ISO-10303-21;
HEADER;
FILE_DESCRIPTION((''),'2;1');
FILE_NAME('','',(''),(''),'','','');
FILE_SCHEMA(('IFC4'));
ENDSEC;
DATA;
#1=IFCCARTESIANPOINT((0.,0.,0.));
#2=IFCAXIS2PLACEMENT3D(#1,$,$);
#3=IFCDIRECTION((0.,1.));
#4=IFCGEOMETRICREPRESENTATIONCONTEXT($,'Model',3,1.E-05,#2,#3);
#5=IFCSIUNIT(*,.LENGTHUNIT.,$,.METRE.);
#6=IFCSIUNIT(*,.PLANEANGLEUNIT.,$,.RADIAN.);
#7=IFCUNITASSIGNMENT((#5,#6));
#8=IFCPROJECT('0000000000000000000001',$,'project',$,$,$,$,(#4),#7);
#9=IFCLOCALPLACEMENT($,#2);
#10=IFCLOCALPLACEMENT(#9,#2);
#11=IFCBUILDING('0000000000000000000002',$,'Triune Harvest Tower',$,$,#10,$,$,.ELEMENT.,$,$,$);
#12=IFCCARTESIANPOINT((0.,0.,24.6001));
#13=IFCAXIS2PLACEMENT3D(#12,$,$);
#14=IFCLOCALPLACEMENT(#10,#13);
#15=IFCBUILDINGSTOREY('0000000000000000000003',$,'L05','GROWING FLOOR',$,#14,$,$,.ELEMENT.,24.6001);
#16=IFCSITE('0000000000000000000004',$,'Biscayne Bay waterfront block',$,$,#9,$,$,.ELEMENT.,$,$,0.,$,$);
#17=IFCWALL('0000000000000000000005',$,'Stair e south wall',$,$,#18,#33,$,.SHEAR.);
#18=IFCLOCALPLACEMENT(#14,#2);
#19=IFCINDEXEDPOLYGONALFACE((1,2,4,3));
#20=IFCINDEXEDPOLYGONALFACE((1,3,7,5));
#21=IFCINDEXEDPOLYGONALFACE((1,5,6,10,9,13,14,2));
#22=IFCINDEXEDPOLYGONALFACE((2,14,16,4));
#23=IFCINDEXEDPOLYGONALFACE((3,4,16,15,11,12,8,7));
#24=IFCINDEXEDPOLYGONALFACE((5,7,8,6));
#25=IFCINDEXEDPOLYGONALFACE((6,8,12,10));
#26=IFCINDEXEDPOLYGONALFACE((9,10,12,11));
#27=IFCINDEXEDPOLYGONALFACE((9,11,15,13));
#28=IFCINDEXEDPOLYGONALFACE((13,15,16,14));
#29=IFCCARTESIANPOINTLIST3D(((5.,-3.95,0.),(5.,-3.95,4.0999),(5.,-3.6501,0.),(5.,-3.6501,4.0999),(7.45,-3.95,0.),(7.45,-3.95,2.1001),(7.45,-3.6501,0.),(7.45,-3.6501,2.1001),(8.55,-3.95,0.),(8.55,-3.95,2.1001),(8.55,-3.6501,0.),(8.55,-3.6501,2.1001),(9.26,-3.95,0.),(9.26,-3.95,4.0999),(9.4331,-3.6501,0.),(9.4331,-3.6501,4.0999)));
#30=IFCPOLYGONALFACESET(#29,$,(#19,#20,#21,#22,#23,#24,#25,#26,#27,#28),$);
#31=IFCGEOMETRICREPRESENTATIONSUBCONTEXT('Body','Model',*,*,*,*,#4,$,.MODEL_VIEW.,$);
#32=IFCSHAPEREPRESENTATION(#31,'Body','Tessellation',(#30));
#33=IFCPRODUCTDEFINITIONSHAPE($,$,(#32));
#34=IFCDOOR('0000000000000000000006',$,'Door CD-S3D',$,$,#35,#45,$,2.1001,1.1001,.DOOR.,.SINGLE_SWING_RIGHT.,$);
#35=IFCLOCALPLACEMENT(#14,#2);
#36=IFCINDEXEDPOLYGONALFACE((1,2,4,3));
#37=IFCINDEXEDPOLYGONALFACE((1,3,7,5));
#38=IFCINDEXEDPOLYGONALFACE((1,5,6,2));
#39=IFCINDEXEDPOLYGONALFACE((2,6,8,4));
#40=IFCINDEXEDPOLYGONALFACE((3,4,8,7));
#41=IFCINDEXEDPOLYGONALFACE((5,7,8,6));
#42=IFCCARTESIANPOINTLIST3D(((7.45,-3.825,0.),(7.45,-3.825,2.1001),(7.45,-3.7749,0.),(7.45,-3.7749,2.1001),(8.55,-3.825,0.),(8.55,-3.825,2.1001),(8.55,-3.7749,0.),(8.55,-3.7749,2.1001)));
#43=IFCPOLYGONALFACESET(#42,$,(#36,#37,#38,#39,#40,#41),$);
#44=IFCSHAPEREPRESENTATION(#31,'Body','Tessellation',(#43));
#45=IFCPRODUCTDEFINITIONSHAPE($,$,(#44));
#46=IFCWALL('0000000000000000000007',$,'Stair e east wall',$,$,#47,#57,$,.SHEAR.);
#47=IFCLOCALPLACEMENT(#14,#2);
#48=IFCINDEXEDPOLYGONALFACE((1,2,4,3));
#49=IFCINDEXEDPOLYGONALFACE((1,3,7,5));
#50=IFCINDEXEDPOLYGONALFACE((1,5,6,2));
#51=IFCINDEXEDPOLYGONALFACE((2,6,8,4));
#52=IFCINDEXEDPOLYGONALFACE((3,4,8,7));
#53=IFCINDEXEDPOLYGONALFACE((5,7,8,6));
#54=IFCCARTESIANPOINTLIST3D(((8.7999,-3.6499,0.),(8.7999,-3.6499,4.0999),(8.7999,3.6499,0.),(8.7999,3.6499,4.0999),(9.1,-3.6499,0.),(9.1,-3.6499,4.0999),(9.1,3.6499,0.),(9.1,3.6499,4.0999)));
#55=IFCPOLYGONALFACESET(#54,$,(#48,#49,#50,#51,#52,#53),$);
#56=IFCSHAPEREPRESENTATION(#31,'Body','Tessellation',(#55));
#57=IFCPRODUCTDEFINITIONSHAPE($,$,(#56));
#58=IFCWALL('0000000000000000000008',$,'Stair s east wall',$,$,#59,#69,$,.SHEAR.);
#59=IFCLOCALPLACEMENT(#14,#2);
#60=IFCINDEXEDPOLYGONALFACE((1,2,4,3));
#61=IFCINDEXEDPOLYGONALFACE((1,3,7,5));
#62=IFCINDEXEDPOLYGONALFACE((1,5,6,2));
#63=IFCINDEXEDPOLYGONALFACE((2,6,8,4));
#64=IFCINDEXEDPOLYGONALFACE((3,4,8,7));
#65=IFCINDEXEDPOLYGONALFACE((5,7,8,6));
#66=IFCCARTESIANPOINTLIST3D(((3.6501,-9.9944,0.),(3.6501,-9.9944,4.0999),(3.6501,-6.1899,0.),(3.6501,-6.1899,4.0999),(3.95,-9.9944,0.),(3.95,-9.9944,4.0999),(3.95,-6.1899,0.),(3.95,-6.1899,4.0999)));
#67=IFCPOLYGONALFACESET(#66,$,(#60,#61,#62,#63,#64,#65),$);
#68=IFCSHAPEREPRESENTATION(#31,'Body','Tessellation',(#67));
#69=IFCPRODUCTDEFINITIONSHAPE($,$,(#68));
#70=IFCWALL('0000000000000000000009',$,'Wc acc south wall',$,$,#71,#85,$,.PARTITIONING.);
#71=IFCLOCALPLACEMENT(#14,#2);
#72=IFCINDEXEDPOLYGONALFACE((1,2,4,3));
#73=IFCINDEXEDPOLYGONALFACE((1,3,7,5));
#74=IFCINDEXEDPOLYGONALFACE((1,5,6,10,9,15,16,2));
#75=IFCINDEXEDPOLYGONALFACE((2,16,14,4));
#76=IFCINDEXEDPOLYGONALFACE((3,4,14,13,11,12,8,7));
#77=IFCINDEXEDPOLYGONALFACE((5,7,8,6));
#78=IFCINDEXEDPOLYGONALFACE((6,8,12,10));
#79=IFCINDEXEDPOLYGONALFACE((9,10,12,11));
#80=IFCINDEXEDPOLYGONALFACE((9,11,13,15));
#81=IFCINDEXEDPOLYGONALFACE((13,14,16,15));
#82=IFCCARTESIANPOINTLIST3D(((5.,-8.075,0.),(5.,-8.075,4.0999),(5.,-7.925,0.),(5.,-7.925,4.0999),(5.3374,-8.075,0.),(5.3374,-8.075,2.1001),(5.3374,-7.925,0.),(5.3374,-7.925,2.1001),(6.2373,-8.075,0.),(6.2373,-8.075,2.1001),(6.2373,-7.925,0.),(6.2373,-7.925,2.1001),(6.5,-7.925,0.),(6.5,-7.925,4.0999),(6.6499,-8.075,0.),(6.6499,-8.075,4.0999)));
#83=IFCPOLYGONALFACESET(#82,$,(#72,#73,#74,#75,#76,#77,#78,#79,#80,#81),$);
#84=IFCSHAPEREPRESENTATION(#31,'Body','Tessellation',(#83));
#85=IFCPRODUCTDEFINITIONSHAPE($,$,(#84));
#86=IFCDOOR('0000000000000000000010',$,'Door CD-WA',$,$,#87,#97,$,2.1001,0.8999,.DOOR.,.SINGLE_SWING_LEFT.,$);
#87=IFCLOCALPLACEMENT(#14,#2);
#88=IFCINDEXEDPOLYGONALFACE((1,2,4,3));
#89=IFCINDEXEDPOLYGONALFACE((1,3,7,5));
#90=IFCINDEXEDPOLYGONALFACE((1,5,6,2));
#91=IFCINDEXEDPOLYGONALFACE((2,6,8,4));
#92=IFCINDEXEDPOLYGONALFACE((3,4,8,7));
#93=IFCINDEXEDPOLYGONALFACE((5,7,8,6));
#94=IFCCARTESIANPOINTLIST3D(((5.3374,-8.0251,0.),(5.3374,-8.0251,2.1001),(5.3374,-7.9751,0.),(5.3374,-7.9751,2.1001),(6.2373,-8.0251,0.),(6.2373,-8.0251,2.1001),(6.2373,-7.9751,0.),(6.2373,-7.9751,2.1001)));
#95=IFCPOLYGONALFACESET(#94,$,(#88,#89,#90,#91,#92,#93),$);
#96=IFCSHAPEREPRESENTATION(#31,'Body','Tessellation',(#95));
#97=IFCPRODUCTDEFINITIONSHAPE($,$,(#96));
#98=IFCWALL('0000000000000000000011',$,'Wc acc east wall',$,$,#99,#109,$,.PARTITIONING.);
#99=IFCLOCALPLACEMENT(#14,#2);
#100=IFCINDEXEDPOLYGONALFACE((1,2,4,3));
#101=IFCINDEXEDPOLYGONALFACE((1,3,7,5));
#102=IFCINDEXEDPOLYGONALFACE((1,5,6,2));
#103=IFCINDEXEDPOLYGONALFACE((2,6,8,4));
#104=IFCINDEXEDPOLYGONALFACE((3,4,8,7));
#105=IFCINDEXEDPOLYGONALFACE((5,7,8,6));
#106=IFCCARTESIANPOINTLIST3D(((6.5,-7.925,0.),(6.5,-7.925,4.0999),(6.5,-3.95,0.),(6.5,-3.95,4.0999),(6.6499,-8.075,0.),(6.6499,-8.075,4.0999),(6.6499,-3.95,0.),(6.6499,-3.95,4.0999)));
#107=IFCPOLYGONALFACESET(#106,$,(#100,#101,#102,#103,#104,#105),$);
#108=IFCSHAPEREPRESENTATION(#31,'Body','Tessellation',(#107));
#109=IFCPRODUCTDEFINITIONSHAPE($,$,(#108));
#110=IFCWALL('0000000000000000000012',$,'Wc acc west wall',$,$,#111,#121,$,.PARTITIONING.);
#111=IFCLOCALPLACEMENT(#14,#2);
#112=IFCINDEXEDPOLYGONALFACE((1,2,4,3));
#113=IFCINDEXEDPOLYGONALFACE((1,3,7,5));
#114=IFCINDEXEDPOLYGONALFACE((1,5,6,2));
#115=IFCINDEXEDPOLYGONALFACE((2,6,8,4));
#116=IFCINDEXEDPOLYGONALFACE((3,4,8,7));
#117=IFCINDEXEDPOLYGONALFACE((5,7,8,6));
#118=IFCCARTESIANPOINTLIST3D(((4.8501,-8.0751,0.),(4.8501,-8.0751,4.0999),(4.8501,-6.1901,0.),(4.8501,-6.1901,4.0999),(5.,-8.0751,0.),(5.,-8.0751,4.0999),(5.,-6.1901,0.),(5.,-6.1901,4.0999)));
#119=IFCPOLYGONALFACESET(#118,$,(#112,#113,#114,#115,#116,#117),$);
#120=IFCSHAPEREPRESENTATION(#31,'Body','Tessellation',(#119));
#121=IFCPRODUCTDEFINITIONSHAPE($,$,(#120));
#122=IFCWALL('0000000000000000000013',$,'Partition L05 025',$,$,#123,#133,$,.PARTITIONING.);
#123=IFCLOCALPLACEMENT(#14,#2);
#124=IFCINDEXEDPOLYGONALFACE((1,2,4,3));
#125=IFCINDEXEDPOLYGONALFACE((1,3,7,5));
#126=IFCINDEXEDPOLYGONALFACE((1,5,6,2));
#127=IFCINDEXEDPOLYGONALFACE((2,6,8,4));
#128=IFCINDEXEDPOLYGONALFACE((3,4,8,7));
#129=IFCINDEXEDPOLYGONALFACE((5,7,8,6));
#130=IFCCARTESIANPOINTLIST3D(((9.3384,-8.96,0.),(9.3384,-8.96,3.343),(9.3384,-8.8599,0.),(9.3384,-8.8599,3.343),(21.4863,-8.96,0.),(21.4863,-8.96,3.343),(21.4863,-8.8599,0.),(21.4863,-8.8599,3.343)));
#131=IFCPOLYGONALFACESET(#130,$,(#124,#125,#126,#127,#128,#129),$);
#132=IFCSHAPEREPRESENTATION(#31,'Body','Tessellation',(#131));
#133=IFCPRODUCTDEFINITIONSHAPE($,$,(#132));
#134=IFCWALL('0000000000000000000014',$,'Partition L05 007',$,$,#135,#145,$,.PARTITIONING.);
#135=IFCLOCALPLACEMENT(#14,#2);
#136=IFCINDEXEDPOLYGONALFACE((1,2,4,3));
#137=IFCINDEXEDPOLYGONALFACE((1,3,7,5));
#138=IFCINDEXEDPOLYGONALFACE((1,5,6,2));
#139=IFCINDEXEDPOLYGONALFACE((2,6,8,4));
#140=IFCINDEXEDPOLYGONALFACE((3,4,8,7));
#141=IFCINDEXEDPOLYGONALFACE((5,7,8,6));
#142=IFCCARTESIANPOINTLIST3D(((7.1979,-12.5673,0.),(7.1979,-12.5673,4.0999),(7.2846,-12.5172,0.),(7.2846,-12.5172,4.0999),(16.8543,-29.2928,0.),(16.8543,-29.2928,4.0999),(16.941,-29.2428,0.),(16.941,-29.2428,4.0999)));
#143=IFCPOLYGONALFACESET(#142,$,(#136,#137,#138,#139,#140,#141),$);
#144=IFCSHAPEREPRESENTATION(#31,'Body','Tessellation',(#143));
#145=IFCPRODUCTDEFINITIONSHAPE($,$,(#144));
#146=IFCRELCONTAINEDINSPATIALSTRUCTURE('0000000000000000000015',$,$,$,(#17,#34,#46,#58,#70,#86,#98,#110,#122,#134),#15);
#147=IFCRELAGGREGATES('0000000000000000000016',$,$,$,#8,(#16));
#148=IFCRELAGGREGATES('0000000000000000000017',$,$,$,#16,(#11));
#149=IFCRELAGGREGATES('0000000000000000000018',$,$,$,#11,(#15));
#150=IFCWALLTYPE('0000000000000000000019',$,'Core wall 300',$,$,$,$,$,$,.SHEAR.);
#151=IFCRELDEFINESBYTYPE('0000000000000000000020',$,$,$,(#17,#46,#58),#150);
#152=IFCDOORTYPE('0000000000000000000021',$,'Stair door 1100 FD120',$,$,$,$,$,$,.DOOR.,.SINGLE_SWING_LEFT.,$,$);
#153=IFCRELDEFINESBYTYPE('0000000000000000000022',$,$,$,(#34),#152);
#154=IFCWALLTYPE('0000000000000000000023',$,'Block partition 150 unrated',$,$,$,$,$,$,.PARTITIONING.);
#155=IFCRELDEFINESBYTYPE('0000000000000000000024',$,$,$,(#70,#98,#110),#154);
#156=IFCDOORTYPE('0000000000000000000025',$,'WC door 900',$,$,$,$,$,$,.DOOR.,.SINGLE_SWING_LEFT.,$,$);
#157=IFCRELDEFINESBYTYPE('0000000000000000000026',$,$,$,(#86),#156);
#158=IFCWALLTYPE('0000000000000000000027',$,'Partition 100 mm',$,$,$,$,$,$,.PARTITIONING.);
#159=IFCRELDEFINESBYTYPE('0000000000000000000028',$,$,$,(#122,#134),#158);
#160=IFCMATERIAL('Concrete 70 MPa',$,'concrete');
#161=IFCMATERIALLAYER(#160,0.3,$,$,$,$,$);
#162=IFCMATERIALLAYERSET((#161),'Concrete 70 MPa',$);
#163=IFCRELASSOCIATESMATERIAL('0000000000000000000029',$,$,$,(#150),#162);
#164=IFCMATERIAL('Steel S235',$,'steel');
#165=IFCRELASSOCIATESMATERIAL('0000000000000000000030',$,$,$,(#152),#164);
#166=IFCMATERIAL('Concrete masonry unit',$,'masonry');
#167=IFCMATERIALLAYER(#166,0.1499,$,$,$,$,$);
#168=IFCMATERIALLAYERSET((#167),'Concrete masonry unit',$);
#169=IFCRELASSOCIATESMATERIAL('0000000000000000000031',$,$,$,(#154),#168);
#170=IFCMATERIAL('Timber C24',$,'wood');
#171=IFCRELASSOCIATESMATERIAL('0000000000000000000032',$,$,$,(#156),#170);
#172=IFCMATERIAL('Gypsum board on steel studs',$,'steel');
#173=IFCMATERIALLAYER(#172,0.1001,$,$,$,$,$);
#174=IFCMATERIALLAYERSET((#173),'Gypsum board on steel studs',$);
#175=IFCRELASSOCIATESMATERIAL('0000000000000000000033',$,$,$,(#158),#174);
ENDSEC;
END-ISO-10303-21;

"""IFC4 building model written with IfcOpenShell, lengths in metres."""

from ifc_helpers import new_model, si_unit, direction, frame, frame_2d, origin, place, context, subcontext, project, spatial, polyline, rectangle, outline, extrude, source, transform, mapped, material, layer, layer_set, type_object, element, fill, save


model = new_model("IFC4")

# Units and contexts
model_context = context("Model", 3, precision=1e-05, world=origin(), true_north=direction((0.0, 1.0)))
body_context = subcontext(model_context, "Body", "Model", "MODEL_VIEW")
ifc_project = project(units=[si_unit("LENGTHUNIT", "METRE"), si_unit("PLANEANGLEUNIT", "RADIAN")], contexts=[model_context])

# Site, building, storey
site_placement = place(None, origin())
site = spatial("IfcSite", under=ifc_project, at=site_placement, Name="Biscayne Bay waterfront block", CompositionType="ELEMENT", RefElevation=0.0)
building_placement = place(site_placement, origin())
building = spatial("IfcBuilding", under=site, at=building_placement, Name="Triune Harvest Tower", CompositionType="ELEMENT")
storey_placement = place(building_placement, frame((0.0, 0.0, 24.6001)))
storey = spatial("IfcBuildingStorey", under=building, at=storey_placement, Name="L05", Description="GROWING FLOOR", CompositionType="ELEMENT", Elevation=24.6001)

# Shared definitions
ifc_material_1 = material(Name="Concrete 70 MPa", Category="concrete")
ifc_layer_1 = layer(ifc_material_1, 0.3)
ifc_layer_set_1 = layer_set([ifc_layer_1], Name="Concrete 70 MPa")
wall_type_1 = type_object("IfcWallType", Name="Core wall 300", PredefinedType="SHEAR", material=ifc_layer_set_1)

# Wall, opening, door
ifc_material_2 = material(Name="Steel S235", Category="steel")
door_type_1 = type_object("IfcDoorType", Name="Stair door 1100 FD120", OperationType="SINGLE_SWING_LEFT", PredefinedType="DOOR", material=ifc_material_2)
shared_shape_1 = source(origin(), body_context, "Body", "SweptSolid", [
    extrude(outline(polyline([(0.0, -0.1499), (0.0, 0.1499), (4.4331, 0.1499), (4.26, -0.1499), (0.0, -0.1499)])), origin(), (0.0, 0.0, 1.0), 4.0999),
])
wall_1_placement = place(storey_placement, frame((5.0, -3.8, 0.0), z_axis=(0.0, 0.0, 1.0), x_axis=(1.0, 0.0, 0.0)))
wall_1 = element("IfcWall", 1, at=wall_1_placement, inside=storey, type_object=wall_type_1, Name="Stair e south wall", PredefinedType="SHEAR", context=body_context, shape_type="MappedRepresentation", body=[
    mapped(shared_shape_1, transform((0.0, 0.0, 0.0), scale=1.0)),
])
opening_1_placement = place(wall_1_placement, frame((2.45, 0.0, 0.0)))
opening_1 = element("IfcOpeningElement", 2, at=opening_1_placement, cuts=wall_1, PredefinedType="OPENING", context=body_context, shape_type="SweptSolid", body=[
    extrude(rectangle(XDim=1.1001, YDim=2.1001, at=frame_2d((0.55, 1.05))), frame((0.0, 0.1602, 0.0), z_axis=(0.0, -1.0, 0.0), x_axis=(1.0, 0.0, 0.0)), (0.0, 0.0, 1.0), 0.3201),
])
door_1_placement = place(opening_1_placement, frame((1.1001, 0.0, 0.0), z_axis=(0.0, 0.0, 1.0), x_axis=(-1.0, 0.0, 0.0)))
door_1 = element("IfcDoor", 3, at=door_1_placement, inside=storey, type_object=door_type_1, Name="Door CD-S3D", OperationType="SINGLE_SWING_RIGHT", OverallHeight=2.1001, OverallWidth=1.1001, PredefinedType="DOOR", context=body_context, shape_type="SweptSolid", body=[
    extrude(rectangle(XDim=1.1001, YDim=2.1001, at=frame_2d((0.55, 1.05))), frame((0.0, 0.0249, 0.0), z_axis=(0.0, -1.0, 0.0), x_axis=(1.0, 0.0, 0.0)), (0.0, 0.0, 1.0), 0.05),
])
fill(opening_1, door_1)

# Walls
shared_shape_2 = source(origin(), body_context, "Body", "SweptSolid", [
    extrude(rectangle(XDim=7.2998, YDim=0.3, at=frame_2d((3.6499, 0.0))), origin(), (0.0, 0.0, 1.0), 4.0999),
])
wall_2_placement = place(storey_placement, frame((8.95, -3.6499, 0.0), z_axis=(0.0, 0.0, 1.0), x_axis=(0.0, 1.0, 0.0)))
element("IfcWall", 4, at=wall_2_placement, inside=storey, type_object=wall_type_1, Name="Stair e east wall", PredefinedType="SHEAR", context=body_context, shape_type="MappedRepresentation", body=[
    mapped(shared_shape_2, transform((0.0, 0.0, 0.0), scale=1.0)),
])
shared_shape_3 = source(origin(), body_context, "Body", "SweptSolid", [
    extrude(outline(polyline([(3.8, -0.1499), (-0.0044, -0.1499), (-0.0044, 0.1499), (3.8, 0.1499), (3.8, -0.1499)])), origin(), (0.0, 0.0, 1.0), 4.0999),
])
wall_3_placement = place(storey_placement, frame((3.8, -9.99, 0.0), z_axis=(0.0, 0.0, 1.0), x_axis=(0.0, 1.0, 0.0)))
element("IfcWall", 5, at=wall_3_placement, inside=storey, type_object=wall_type_1, Name="Stair s east wall", PredefinedType="SHEAR", context=body_context, shape_type="MappedRepresentation", body=[
    mapped(shared_shape_3, transform((0.0, 0.0, 0.0), scale=1.0)),
])

# Wall, opening, door
ifc_material_3 = material(Name="Concrete masonry unit", Category="masonry")
ifc_layer_2 = layer(ifc_material_3, 0.1499)
ifc_layer_set_2 = layer_set([ifc_layer_2], Name="Concrete masonry unit")
wall_type_2 = type_object("IfcWallType", Name="Block partition 150 unrated", PredefinedType="PARTITIONING", material=ifc_layer_set_2)
shared_shape_4 = source(origin(), body_context, "Body", "SweptSolid", [
    extrude(outline(polyline([(0.0, -0.075), (1.6499, -0.075), (1.5, 0.075), (0.0, 0.075), (0.0, -0.075)])), origin(), (0.0, 0.0, 1.0), 4.0999),
])
wall_4_placement = place(storey_placement, frame((5.0, -8.0, 0.0), z_axis=(0.0, 0.0, 1.0), x_axis=(1.0, 0.0, 0.0)))
wall_4 = element("IfcWall", 6, at=wall_4_placement, inside=storey, type_object=wall_type_2, Name="Wc acc south wall", PredefinedType="PARTITIONING", context=body_context, shape_type="MappedRepresentation", body=[
    mapped(shared_shape_4, transform((0.0, 0.0, 0.0), scale=1.0)),
])
opening_2_placement = place(wall_4_placement, frame((0.3374, 0.0, 0.0)))
opening_2 = element("IfcOpeningElement", 7, at=opening_2_placement, cuts=wall_4, PredefinedType="OPENING", context=body_context, shape_type="SweptSolid", body=[
    extrude(rectangle(XDim=0.8999, YDim=2.1001, at=frame_2d((0.45, 1.05))), frame((0.0, 0.085, 0.0), z_axis=(0.0, -1.0, 0.0), x_axis=(1.0, 0.0, 0.0)), (0.0, 0.0, 1.0), 0.1699),
])
ifc_material_4 = material(Name="Timber C24", Category="wood")
door_type_2 = type_object("IfcDoorType", Name="WC door 900", OperationType="SINGLE_SWING_LEFT", PredefinedType="DOOR", material=ifc_material_4)
door_2_placement = place(opening_2_placement, origin())
door_2 = element("IfcDoor", 8, at=door_2_placement, inside=storey, type_object=door_type_2, Name="Door CD-WA", OperationType="SINGLE_SWING_LEFT", OverallHeight=2.1001, OverallWidth=0.8999, PredefinedType="DOOR", context=body_context, shape_type="SweptSolid", body=[
    extrude(rectangle(XDim=0.8999, YDim=2.1001, at=frame_2d((0.45, 1.05))), frame((0.0, 0.0249, 0.0), z_axis=(0.0, -1.0, 0.0), x_axis=(1.0, 0.0, 0.0)), (0.0, 0.0, 1.0), 0.05),
])
fill(opening_2, door_2)

# Walls
shared_shape_5 = source(origin(), body_context, "Body", "SweptSolid", [
    extrude(outline(polyline([(-0.075, -0.075), (4.05, -0.075), (4.05, 0.075), (0.075, 0.075), (-0.075, -0.075)])), origin(), (0.0, 0.0, 1.0), 4.0999),
])
wall_5_placement = place(storey_placement, frame((6.575, -8.0, 0.0), z_axis=(0.0, 0.0, 1.0), x_axis=(0.0, 1.0, 0.0)))
element("IfcWall", 9, at=wall_5_placement, inside=storey, type_object=wall_type_2, Name="Wc acc east wall", PredefinedType="PARTITIONING", context=body_context, shape_type="MappedRepresentation", body=[
    mapped(shared_shape_5, transform((0.0, 0.0, 0.0), scale=1.0)),
])
shared_shape_6 = source(origin(), body_context, "Body", "SweptSolid", [
    extrude(rectangle(XDim=1.885, YDim=0.1499, at=frame_2d((0.9424, 0.0))), origin(), (0.0, 0.0, 1.0), 4.0999),
])
wall_6_placement = place(storey_placement, frame((4.925, -8.075, 0.0), z_axis=(0.0, 0.0, 1.0), x_axis=(0.0, 1.0, 0.0)))
element("IfcWall", 10, at=wall_6_placement, inside=storey, type_object=wall_type_2, Name="Wc acc west wall", PredefinedType="PARTITIONING", context=body_context, shape_type="MappedRepresentation", body=[
    mapped(shared_shape_6, transform((0.0, 0.0, 0.0), scale=1.0)),
])
ifc_material_5 = material(Name="Gypsum board on steel studs", Category="steel")
ifc_layer_3 = layer(ifc_material_5, 0.1001)
ifc_layer_set_3 = layer_set([ifc_layer_3], Name="Gypsum board on steel studs")
wall_type_3 = type_object("IfcWallType", Name="Partition 100 mm", PredefinedType="PARTITIONING", material=ifc_layer_set_3)
shared_shape_7 = source(origin(), body_context, "Body", "SweptSolid", [
    extrude(rectangle(XDim=12.1479, YDim=0.1001, at=frame_2d((6.074, 0.0))), origin(), (0.0, 0.0, 1.0), 3.343),
])
wall_7_placement = place(storey_placement, frame((9.3384, -8.9099, 0.0), z_axis=(0.0, 0.0, 1.0), x_axis=(1.0, 0.0, 0.0)))
element("IfcWall", 11, at=wall_7_placement, inside=storey, type_object=wall_type_3, Name="Partition L05 025", PredefinedType="PARTITIONING", context=body_context, shape_type="MappedRepresentation", body=[
    mapped(shared_shape_7, transform((0.0, 0.0, 0.0), scale=1.0)),
])
shared_shape_8 = source(origin(), body_context, "Body", "SweptSolid", [
    extrude(rectangle(XDim=19.313, YDim=0.1001, at=frame_2d((9.6565, 0.0))), origin(), (0.0, 0.0, 1.0), 4.0999),
])
wall_8_placement = place(storey_placement, frame((7.2412, -12.5422, 0.0), z_axis=(0.0, 0.0, 1.0), x_axis=(0.499999, -0.866026, 0.0)))
element("IfcWall", 12, at=wall_8_placement, inside=storey, type_object=wall_type_3, Name="Partition L05 007", PredefinedType="PARTITIONING", context=body_context, shape_type="MappedRepresentation", body=[
    mapped(shared_shape_8, transform((0.0, 0.0, 0.0), scale=1.0)),
])

save(model, "model.ifc")
